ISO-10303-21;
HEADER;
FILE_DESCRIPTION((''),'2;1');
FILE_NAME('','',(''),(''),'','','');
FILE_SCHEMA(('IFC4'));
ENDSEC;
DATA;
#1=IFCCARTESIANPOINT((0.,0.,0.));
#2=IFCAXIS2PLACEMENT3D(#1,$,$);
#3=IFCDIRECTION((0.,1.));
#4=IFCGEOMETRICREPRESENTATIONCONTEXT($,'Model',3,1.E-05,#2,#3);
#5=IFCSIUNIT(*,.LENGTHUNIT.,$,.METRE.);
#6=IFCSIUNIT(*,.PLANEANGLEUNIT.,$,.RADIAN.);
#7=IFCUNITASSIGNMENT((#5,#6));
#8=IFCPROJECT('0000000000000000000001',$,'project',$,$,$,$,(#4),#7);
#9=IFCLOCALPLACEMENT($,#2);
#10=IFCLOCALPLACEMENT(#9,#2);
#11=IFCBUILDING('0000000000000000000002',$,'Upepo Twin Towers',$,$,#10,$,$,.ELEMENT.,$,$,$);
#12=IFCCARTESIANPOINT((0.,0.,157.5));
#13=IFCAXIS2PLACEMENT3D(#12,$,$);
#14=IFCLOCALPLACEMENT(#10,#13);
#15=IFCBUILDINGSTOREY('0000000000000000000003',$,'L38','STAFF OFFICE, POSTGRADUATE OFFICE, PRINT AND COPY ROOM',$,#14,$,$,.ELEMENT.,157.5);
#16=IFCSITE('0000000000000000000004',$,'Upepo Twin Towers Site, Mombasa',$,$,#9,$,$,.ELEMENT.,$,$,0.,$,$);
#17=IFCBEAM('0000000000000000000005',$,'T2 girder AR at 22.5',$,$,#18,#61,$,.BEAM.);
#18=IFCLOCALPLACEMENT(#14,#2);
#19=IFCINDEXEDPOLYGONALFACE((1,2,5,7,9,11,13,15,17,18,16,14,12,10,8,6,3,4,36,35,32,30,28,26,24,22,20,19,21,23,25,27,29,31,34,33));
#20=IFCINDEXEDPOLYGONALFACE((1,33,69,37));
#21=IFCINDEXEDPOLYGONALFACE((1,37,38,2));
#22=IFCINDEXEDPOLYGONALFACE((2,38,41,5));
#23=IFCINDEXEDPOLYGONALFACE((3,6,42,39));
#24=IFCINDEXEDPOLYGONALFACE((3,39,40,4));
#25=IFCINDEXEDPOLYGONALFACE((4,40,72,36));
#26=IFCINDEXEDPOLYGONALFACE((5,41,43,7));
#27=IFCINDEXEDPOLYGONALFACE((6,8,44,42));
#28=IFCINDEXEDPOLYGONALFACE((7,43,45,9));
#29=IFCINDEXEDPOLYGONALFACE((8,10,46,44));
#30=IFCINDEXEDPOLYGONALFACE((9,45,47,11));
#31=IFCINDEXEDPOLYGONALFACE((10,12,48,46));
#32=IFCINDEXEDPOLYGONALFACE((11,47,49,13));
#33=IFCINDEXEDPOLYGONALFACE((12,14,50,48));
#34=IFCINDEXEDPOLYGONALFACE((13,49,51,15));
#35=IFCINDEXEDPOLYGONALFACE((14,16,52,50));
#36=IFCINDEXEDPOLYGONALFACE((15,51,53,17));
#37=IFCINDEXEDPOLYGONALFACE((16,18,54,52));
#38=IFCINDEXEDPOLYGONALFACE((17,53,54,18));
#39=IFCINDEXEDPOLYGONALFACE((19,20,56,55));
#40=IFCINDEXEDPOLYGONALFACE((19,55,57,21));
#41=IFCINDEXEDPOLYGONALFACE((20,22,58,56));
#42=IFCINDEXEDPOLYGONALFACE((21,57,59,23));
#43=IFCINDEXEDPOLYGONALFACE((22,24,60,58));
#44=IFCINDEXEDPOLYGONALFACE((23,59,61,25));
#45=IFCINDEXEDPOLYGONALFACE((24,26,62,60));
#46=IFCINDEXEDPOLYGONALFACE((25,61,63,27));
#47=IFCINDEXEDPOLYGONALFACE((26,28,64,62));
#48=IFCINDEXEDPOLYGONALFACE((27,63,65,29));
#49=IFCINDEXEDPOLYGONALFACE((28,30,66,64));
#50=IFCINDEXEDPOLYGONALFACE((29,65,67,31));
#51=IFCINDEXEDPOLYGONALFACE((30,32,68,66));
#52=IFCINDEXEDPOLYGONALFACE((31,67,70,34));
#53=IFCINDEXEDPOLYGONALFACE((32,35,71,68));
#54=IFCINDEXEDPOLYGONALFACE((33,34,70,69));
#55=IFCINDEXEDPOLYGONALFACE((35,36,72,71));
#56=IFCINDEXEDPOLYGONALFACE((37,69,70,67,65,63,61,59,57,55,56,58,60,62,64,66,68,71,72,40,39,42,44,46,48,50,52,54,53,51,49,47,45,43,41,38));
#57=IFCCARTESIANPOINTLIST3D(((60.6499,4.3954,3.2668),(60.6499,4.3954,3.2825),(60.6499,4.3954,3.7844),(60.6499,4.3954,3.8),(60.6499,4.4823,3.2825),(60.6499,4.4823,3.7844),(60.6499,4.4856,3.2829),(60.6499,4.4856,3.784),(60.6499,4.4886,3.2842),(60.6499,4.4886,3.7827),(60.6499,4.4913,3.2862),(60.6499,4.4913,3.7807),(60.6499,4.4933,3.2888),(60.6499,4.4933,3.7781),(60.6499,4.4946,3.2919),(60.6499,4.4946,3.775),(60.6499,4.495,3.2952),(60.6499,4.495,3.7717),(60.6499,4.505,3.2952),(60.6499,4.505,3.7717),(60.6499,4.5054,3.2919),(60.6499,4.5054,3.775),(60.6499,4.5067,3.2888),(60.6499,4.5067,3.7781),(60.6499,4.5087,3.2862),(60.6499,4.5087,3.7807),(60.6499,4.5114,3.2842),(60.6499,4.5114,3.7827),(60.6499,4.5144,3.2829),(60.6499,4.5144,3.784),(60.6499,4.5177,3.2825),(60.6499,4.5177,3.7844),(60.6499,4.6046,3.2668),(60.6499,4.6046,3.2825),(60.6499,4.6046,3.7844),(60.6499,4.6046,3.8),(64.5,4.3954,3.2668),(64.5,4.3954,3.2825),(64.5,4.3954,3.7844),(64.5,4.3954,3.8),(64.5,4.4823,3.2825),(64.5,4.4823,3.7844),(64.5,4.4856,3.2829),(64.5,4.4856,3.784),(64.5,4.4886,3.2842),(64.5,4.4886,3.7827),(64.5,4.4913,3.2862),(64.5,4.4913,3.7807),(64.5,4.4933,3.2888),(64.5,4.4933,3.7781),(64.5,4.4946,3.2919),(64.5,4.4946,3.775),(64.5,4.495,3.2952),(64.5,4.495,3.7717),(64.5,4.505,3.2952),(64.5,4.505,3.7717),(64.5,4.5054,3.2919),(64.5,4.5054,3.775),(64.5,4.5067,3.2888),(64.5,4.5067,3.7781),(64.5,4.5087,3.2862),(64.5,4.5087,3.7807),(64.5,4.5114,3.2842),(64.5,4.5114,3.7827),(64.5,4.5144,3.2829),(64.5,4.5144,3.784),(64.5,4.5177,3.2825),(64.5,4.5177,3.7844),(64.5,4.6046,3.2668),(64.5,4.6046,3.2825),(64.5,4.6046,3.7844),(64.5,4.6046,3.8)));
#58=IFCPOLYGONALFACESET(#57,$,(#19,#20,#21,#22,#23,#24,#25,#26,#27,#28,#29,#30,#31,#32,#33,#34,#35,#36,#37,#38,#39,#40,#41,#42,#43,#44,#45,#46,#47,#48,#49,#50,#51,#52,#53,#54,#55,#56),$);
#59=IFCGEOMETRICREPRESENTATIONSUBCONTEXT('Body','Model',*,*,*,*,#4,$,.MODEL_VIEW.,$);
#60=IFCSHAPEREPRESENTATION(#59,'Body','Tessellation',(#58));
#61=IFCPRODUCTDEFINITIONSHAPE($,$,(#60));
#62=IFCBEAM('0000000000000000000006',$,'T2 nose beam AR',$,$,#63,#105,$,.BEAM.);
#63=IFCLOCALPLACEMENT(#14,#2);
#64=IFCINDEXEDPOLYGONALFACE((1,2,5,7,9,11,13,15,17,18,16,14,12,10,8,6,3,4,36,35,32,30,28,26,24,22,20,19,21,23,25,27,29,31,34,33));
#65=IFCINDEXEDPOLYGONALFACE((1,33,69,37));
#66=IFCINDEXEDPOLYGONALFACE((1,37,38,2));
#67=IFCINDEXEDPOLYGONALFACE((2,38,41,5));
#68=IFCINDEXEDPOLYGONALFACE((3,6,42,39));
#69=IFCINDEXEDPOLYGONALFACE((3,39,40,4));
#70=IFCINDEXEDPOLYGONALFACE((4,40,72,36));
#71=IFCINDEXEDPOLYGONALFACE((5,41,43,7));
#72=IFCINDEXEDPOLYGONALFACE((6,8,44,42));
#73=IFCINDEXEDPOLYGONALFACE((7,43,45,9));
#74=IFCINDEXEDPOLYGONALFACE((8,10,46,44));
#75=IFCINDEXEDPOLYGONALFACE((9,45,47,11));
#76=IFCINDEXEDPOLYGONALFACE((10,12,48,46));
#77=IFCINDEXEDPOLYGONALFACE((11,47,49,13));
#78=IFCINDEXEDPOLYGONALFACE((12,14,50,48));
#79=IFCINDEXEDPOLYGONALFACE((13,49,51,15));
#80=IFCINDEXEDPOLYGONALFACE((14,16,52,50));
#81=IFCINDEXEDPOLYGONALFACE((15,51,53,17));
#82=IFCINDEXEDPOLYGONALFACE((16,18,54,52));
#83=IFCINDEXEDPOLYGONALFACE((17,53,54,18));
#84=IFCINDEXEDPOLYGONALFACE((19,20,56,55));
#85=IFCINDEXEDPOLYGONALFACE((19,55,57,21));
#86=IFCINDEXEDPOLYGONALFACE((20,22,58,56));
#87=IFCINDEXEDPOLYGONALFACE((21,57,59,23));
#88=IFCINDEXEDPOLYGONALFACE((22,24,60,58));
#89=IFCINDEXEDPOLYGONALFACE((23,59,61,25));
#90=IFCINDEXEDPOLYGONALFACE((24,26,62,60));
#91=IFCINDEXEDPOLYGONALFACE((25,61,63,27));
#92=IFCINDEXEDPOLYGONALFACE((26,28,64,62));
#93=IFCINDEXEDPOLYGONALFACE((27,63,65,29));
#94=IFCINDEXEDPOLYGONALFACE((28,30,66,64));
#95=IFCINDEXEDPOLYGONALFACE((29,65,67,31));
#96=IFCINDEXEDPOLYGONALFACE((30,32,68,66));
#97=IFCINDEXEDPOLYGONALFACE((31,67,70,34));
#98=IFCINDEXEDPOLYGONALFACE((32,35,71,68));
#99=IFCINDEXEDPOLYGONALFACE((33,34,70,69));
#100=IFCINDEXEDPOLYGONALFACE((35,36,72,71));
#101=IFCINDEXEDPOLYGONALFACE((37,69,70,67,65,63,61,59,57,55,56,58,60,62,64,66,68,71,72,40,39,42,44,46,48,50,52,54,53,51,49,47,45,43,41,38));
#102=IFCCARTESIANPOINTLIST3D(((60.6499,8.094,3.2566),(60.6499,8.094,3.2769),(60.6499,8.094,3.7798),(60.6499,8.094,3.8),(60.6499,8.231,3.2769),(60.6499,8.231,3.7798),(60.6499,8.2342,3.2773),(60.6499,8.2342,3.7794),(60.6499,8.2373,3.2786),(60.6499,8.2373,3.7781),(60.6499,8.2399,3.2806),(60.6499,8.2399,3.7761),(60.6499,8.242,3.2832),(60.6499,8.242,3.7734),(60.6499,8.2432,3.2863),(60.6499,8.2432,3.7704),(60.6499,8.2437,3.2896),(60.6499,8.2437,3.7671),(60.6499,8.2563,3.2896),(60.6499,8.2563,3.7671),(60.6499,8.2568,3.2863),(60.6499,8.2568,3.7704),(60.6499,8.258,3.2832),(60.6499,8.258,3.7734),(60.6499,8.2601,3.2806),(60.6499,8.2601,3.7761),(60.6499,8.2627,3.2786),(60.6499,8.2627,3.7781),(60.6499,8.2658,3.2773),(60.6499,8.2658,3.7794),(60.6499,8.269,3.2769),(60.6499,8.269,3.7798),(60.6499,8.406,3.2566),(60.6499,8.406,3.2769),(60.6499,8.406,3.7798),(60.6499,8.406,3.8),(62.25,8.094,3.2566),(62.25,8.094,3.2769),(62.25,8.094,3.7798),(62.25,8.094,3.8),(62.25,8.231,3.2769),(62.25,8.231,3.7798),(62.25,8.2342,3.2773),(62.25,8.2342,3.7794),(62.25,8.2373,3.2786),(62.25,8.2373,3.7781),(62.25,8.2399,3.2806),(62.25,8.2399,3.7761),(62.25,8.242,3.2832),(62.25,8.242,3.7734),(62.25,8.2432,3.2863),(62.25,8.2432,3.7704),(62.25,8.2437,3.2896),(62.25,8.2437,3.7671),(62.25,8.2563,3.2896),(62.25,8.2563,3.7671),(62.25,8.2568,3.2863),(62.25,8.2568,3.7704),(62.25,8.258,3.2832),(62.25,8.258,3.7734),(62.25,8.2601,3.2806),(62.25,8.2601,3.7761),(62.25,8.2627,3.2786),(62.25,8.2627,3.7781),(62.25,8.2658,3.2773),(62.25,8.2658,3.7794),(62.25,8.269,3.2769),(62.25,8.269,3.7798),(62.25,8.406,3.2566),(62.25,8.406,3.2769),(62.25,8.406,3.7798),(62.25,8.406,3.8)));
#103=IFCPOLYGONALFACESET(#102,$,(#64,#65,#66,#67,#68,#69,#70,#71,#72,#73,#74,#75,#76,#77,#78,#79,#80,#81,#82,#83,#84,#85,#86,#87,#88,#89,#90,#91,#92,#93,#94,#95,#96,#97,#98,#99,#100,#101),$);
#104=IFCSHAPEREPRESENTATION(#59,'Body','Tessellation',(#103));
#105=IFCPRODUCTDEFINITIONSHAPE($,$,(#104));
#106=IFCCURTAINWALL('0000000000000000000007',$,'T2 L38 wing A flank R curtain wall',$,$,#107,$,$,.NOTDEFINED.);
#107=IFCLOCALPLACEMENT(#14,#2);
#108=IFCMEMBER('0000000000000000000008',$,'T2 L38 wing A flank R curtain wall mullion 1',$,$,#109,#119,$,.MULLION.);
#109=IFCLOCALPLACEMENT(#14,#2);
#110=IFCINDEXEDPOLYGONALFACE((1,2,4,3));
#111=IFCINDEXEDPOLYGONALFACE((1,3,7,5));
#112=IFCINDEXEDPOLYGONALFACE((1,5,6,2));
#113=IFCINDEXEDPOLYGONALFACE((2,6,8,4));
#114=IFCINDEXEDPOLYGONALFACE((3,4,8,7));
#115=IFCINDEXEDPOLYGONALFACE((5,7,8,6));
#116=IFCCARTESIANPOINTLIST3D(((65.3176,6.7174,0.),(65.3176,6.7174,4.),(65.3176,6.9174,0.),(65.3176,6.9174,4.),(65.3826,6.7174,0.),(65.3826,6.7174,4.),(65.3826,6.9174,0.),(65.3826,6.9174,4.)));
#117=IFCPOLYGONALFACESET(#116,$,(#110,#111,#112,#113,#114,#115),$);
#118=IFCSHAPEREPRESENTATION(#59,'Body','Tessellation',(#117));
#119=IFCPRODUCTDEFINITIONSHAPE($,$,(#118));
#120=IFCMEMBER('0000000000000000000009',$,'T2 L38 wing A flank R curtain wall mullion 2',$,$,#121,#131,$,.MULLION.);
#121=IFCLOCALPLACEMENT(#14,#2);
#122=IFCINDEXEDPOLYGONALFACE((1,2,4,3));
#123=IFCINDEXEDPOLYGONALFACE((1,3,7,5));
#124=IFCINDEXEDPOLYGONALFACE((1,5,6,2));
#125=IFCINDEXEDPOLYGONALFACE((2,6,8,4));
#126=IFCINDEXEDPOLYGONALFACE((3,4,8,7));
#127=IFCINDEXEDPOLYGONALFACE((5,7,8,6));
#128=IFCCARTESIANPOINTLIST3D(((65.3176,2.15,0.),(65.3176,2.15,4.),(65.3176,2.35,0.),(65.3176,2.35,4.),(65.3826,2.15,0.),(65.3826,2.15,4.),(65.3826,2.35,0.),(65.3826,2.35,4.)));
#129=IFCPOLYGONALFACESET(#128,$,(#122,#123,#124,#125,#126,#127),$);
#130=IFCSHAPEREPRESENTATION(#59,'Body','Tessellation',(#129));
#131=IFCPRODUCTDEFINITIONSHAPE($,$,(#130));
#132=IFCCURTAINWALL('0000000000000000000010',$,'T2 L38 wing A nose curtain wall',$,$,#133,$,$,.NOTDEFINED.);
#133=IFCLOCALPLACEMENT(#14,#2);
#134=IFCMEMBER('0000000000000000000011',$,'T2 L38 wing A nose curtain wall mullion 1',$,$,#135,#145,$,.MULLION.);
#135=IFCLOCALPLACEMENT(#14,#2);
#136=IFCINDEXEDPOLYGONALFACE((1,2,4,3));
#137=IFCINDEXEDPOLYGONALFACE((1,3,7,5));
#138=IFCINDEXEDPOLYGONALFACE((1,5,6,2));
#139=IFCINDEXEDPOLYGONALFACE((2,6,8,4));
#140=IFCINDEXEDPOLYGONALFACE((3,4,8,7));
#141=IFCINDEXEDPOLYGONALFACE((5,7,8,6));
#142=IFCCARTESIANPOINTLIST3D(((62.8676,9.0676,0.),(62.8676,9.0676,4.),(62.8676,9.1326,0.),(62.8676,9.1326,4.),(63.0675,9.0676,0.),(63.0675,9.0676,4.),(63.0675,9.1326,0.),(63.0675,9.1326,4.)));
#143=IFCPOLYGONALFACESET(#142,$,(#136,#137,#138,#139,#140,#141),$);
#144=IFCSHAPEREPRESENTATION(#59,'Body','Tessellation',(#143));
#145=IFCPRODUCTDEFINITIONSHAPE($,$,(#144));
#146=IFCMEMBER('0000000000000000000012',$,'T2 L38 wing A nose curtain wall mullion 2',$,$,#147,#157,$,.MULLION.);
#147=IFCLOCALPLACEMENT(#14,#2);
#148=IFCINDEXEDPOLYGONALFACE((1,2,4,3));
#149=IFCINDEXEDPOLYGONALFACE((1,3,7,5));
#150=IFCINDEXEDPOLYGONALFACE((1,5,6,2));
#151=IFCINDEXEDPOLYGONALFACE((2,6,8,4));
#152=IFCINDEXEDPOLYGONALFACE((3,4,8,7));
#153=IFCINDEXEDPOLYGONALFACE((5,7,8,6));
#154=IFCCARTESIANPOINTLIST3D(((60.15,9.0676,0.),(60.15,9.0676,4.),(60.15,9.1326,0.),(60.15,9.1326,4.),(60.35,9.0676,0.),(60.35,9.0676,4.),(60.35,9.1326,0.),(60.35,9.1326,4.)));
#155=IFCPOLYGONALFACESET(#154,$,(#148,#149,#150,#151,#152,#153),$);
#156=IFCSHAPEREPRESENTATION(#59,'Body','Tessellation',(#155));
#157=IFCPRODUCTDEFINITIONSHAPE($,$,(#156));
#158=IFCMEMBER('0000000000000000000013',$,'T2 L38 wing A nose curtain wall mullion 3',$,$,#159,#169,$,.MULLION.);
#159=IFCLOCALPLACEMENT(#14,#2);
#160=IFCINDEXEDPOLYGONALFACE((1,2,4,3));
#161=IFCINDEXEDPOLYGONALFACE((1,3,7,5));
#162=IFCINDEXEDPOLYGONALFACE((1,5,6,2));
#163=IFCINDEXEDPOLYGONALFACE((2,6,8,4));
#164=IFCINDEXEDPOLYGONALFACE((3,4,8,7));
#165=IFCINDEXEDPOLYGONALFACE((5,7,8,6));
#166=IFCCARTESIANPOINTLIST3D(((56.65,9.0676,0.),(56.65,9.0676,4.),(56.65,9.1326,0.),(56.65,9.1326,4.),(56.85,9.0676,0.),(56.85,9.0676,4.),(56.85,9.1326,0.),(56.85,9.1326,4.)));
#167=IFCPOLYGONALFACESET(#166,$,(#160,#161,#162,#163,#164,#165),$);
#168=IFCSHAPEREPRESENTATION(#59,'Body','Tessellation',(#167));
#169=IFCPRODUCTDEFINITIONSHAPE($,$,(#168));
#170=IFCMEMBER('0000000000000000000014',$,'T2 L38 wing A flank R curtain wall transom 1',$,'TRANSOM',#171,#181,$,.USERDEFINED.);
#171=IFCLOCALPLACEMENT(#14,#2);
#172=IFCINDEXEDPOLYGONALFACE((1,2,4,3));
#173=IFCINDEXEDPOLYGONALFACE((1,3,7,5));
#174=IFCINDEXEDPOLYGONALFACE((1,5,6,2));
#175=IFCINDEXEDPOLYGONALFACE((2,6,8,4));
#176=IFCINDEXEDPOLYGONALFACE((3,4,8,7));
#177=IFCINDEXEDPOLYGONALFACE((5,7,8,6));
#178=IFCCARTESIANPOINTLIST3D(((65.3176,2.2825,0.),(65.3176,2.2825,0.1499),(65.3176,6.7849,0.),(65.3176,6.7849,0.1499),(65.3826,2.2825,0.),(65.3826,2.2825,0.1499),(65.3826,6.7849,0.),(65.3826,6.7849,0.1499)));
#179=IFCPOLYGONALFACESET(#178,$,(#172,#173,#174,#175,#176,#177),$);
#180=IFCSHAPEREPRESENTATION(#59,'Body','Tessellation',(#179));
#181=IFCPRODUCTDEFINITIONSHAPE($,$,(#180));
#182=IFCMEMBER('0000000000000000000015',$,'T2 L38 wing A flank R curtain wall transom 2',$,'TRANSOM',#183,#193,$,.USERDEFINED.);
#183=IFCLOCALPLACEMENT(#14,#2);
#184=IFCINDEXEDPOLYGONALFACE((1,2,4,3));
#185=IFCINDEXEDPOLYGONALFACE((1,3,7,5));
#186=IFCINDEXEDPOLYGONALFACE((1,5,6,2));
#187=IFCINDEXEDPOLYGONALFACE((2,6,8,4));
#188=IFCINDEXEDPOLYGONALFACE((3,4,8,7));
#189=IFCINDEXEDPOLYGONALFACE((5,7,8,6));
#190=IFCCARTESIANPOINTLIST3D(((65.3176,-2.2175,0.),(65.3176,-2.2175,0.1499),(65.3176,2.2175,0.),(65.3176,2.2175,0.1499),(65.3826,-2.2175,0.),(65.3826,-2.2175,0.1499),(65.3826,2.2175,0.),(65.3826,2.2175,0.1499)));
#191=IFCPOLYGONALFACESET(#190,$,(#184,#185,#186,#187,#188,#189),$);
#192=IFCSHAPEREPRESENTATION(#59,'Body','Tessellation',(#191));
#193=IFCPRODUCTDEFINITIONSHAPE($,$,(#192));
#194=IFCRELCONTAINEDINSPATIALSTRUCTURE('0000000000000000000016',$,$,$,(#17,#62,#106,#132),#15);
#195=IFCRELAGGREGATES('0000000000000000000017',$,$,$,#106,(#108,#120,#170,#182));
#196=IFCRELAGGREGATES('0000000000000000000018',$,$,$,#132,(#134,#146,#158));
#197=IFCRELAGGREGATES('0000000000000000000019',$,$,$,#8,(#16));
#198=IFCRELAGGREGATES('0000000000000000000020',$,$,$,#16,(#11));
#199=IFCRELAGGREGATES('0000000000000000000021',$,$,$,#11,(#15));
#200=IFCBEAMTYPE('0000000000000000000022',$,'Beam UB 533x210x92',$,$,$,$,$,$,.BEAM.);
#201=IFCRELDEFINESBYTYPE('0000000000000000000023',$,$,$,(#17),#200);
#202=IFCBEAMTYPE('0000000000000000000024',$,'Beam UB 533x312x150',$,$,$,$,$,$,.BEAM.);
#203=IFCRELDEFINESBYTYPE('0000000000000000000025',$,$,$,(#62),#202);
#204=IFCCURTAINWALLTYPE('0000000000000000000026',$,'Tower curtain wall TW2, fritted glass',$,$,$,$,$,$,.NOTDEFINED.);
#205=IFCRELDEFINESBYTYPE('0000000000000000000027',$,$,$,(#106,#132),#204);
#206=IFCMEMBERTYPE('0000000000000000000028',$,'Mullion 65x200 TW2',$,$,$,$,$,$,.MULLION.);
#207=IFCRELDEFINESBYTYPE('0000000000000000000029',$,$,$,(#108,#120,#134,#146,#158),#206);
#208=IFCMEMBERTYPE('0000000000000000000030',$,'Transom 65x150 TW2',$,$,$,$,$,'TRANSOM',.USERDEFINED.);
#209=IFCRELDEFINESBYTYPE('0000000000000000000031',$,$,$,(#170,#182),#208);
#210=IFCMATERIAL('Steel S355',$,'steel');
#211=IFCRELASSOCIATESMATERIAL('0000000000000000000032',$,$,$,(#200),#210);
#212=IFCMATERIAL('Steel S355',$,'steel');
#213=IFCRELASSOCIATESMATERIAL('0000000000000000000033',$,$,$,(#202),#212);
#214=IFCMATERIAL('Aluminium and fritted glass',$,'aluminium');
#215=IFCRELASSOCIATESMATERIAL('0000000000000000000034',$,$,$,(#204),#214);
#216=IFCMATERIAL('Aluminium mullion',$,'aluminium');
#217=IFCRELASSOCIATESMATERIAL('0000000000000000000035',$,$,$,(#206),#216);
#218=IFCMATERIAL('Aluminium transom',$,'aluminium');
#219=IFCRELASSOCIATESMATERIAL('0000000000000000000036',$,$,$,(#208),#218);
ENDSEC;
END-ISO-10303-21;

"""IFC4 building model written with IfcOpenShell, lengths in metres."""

from ifc_helpers import new_model, si_unit, direction, frame, origin, origin_2d, place, context, subcontext, project, spatial, rectangle, i_section, extrude, material, material_profile, profile_set, type_object, element, aggregate, save


model = new_model("IFC4")

# Units and contexts
model_context = context("Model", 3, precision=1e-05, world=origin(), true_north=direction((0.0, 1.0)))
body_context = subcontext(model_context, "Body", "Model", "MODEL_VIEW")
ifc_project = project(units=[si_unit("LENGTHUNIT", "METRE"), si_unit("PLANEANGLEUNIT", "RADIAN")], contexts=[model_context])

# Site, building, storey
site_placement = place(None, origin())
site = spatial("IfcSite", under=ifc_project, at=site_placement, Name="Upepo Twin Towers Site, Mombasa", CompositionType="ELEMENT", RefElevation=0.0)
building_placement = place(site_placement, origin())
building = spatial("IfcBuilding", under=site, at=building_placement, Name="Upepo Twin Towers", CompositionType="ELEMENT")
storey_placement = place(building_placement, frame((0.0, 0.0, 157.5)))
storey = spatial("IfcBuildingStorey", under=building, at=storey_placement, Name="L38", Description="STAFF OFFICE, POSTGRADUATE OFFICE, PRINT AND COPY ROOM", CompositionType="ELEMENT", Elevation=157.5)

# Beams
ifc_material_1 = material(Name="Steel S355", Category="steel")
ifc_material_profile_1 = material_profile(ifc_material_1, i_section(OverallWidth=0.2092, OverallDepth=0.5332, WebThickness=0.01, FlangeThickness=0.0156, FilletRadius=0.0127, at=origin_2d()), Name="UB 533x210x92")
ifc_profile_set_1 = profile_set([ifc_material_profile_1], Name="Steel S355")
beam_type_1 = type_object("IfcBeamType", Name="Beam UB 533x210x92", PredefinedType="BEAM", material=ifc_profile_set_1)
for number, where, z_axis, x_axis, name in (
    (1, (64.5, 4.5, 3.5334), (-1.0, 0.0, 0.0), (0.0, -1.0, 0.0), "T2 girder AR at 22.5"),
):
    element("IfcBeam", number, at=place(storey_placement, frame(where, z_axis=z_axis, x_axis=x_axis)), inside=storey, type_object=beam_type_1, Name=name, PredefinedType="BEAM", context=body_context, shape_type="SweptSolid", body=[
        extrude(i_section(OverallWidth=0.2092, OverallDepth=0.5332, WebThickness=0.01, FlangeThickness=0.0156, FilletRadius=0.0127, at=origin_2d()), origin(), (0.0, 0.0, 1.0), 3.8501),
    ])
ifc_material_2 = material(Name="Steel S355", Category="steel")
ifc_material_profile_2 = material_profile(ifc_material_2, i_section(OverallWidth=0.312, OverallDepth=0.5435, WebThickness=0.0127, FlangeThickness=0.0203, FilletRadius=0.0127, at=origin_2d()), Name="UB 533x312x150")
ifc_profile_set_2 = profile_set([ifc_material_profile_2], Name="Steel S355")
beam_type_2 = type_object("IfcBeamType", Name="Beam UB 533x312x150", PredefinedType="BEAM", material=ifc_profile_set_2)
beam_1_placement = place(storey_placement, frame((62.25, 8.25, 3.5283), z_axis=(-1.0, 0.0, 0.0), x_axis=(0.0, -1.0, 0.0)))
element("IfcBeam", 2, at=beam_1_placement, inside=storey, type_object=beam_type_2, Name="T2 nose beam AR", PredefinedType="BEAM", context=body_context, shape_type="SweptSolid", body=[
    extrude(i_section(OverallWidth=0.312, OverallDepth=0.5435, WebThickness=0.0127, FlangeThickness=0.0203, FilletRadius=0.0127, at=origin_2d()), origin(), (0.0, 0.0, 1.0), 1.6001),
])

# Curtain walls, members
ifc_material_3 = material(Name="Aluminium and fritted glass", Category="aluminium")
curtain_wall_type = type_object("IfcCurtainWallType", Name="Tower curtain wall TW2, fritted glass", PredefinedType="NOTDEFINED", material=ifc_material_3)
curtain_wall_1_placement = place(storey_placement, origin())
curtain_wall_1 = element("IfcCurtainWall", 3, at=curtain_wall_1_placement, inside=storey, type_object=curtain_wall_type, Name="T2 L38 wing A flank R curtain wall", PredefinedType="NOTDEFINED")
ifc_material_4 = material(Name="Aluminium mullion", Category="aluminium")
ifc_material_profile_3 = material_profile(ifc_material_4, rectangle(XDim=0.0649, YDim=0.2, at=origin_2d()), Name="MULLION 65x200")
ifc_profile_set_3 = profile_set([ifc_material_profile_3], Name="Aluminium mullion")
member_type_1 = type_object("IfcMemberType", Name="Mullion 65x200 TW2", PredefinedType="MULLION", material=ifc_profile_set_3)
member_1_placement = place(storey_placement, frame((65.3501, 6.8174, 0.0), z_axis=(0.0, 0.0, 1.0), x_axis=(1.0, 0.0, 0.0)))
member_1 = element("IfcMember", 4, at=member_1_placement, type_object=member_type_1, Name="T2 L38 wing A flank R curtain wall mullion 1", PredefinedType="MULLION", context=body_context, shape_type="SweptSolid", body=[
    extrude(rectangle(XDim=0.0649, YDim=0.2, at=origin_2d()), origin(), (0.0, 0.0, 1.0), 4.0),
])
member_2_placement = place(storey_placement, frame((65.3501, 2.25, 0.0), z_axis=(0.0, 0.0, 1.0), x_axis=(1.0, 0.0, 0.0)))
member_2 = element("IfcMember", 5, at=member_2_placement, type_object=member_type_1, Name="T2 L38 wing A flank R curtain wall mullion 2", PredefinedType="MULLION", context=body_context, shape_type="SweptSolid", body=[
    extrude(rectangle(XDim=0.0649, YDim=0.2, at=origin_2d()), origin(), (0.0, 0.0, 1.0), 4.0),
])
curtain_wall_2_placement = place(storey_placement, origin())
curtain_wall_2 = element("IfcCurtainWall", 6, at=curtain_wall_2_placement, inside=storey, type_object=curtain_wall_type, Name="T2 L38 wing A nose curtain wall", PredefinedType="NOTDEFINED")
member_3_placement = place(storey_placement, frame((62.9675, 9.1001, 0.0), z_axis=(0.0, 0.0, 1.0), x_axis=(0.0, -1.0, 0.0)))
member_3 = element("IfcMember", 7, at=member_3_placement, type_object=member_type_1, Name="T2 L38 wing A nose curtain wall mullion 1", PredefinedType="MULLION", context=body_context, shape_type="SweptSolid", body=[
    extrude(rectangle(XDim=0.0649, YDim=0.2, at=origin_2d()), origin(), (0.0, 0.0, 1.0), 4.0),
])
member_4_placement = place(storey_placement, frame((60.25, 9.1001, 0.0), z_axis=(0.0, 0.0, 1.0), x_axis=(0.0, -1.0, 0.0)))
member_4 = element("IfcMember", 8, at=member_4_placement, type_object=member_type_1, Name="T2 L38 wing A nose curtain wall mullion 2", PredefinedType="MULLION", context=body_context, shape_type="SweptSolid", body=[
    extrude(rectangle(XDim=0.0649, YDim=0.2, at=origin_2d()), origin(), (0.0, 0.0, 1.0), 4.0),
])
member_5_placement = place(storey_placement, frame((56.75, 9.1001, 0.0), z_axis=(0.0, 0.0, 1.0), x_axis=(0.0, -1.0, 0.0)))
member_5 = element("IfcMember", 9, at=member_5_placement, type_object=member_type_1, Name="T2 L38 wing A nose curtain wall mullion 3", PredefinedType="MULLION", context=body_context, shape_type="SweptSolid", body=[
    extrude(rectangle(XDim=0.0649, YDim=0.2, at=origin_2d()), origin(), (0.0, 0.0, 1.0), 4.0),
])

# Members
ifc_material_5 = material(Name="Aluminium transom", Category="aluminium")
ifc_material_profile_4 = material_profile(ifc_material_5, rectangle(XDim=0.0649, YDim=0.1499, at=origin_2d()), Name="TRANSOM 65x150")
ifc_profile_set_4 = profile_set([ifc_material_profile_4], Name="Aluminium transom")
member_type_2 = type_object("IfcMemberType", Name="Transom 65x150 TW2", ElementType="TRANSOM", PredefinedType="USERDEFINED", material=ifc_profile_set_4)
member_6_placement = place(storey_placement, frame((65.3501, 6.7849, 0.075), z_axis=(0.0, -1.0, 0.0), x_axis=(1.0, 0.0, 0.0)))
member_6 = element("IfcMember", 10, at=member_6_placement, type_object=member_type_2, Name="T2 L38 wing A flank R curtain wall transom 1", ObjectType="TRANSOM", PredefinedType="USERDEFINED", context=body_context, shape_type="SweptSolid", body=[
    extrude(rectangle(XDim=0.0649, YDim=0.1499, at=origin_2d()), origin(), (0.0, 0.0, 1.0), 4.5024),
])
member_7_placement = place(storey_placement, frame((65.3501, 2.2175, 0.075), z_axis=(0.0, -1.0, 0.0), x_axis=(1.0, 0.0, 0.0)))
member_7 = element("IfcMember", 11, at=member_7_placement, type_object=member_type_2, Name="T2 L38 wing A flank R curtain wall transom 2", ObjectType="TRANSOM", PredefinedType="USERDEFINED", context=body_context, shape_type="SweptSolid", body=[
    extrude(rectangle(XDim=0.0649, YDim=0.1499, at=origin_2d()), origin(), (0.0, 0.0, 1.0), 4.4351),
])

aggregate(curtain_wall_1, [member_1, member_2, member_6, member_7])
aggregate(curtain_wall_2, [member_3, member_4, member_5])

save(model, "model.ifc")
